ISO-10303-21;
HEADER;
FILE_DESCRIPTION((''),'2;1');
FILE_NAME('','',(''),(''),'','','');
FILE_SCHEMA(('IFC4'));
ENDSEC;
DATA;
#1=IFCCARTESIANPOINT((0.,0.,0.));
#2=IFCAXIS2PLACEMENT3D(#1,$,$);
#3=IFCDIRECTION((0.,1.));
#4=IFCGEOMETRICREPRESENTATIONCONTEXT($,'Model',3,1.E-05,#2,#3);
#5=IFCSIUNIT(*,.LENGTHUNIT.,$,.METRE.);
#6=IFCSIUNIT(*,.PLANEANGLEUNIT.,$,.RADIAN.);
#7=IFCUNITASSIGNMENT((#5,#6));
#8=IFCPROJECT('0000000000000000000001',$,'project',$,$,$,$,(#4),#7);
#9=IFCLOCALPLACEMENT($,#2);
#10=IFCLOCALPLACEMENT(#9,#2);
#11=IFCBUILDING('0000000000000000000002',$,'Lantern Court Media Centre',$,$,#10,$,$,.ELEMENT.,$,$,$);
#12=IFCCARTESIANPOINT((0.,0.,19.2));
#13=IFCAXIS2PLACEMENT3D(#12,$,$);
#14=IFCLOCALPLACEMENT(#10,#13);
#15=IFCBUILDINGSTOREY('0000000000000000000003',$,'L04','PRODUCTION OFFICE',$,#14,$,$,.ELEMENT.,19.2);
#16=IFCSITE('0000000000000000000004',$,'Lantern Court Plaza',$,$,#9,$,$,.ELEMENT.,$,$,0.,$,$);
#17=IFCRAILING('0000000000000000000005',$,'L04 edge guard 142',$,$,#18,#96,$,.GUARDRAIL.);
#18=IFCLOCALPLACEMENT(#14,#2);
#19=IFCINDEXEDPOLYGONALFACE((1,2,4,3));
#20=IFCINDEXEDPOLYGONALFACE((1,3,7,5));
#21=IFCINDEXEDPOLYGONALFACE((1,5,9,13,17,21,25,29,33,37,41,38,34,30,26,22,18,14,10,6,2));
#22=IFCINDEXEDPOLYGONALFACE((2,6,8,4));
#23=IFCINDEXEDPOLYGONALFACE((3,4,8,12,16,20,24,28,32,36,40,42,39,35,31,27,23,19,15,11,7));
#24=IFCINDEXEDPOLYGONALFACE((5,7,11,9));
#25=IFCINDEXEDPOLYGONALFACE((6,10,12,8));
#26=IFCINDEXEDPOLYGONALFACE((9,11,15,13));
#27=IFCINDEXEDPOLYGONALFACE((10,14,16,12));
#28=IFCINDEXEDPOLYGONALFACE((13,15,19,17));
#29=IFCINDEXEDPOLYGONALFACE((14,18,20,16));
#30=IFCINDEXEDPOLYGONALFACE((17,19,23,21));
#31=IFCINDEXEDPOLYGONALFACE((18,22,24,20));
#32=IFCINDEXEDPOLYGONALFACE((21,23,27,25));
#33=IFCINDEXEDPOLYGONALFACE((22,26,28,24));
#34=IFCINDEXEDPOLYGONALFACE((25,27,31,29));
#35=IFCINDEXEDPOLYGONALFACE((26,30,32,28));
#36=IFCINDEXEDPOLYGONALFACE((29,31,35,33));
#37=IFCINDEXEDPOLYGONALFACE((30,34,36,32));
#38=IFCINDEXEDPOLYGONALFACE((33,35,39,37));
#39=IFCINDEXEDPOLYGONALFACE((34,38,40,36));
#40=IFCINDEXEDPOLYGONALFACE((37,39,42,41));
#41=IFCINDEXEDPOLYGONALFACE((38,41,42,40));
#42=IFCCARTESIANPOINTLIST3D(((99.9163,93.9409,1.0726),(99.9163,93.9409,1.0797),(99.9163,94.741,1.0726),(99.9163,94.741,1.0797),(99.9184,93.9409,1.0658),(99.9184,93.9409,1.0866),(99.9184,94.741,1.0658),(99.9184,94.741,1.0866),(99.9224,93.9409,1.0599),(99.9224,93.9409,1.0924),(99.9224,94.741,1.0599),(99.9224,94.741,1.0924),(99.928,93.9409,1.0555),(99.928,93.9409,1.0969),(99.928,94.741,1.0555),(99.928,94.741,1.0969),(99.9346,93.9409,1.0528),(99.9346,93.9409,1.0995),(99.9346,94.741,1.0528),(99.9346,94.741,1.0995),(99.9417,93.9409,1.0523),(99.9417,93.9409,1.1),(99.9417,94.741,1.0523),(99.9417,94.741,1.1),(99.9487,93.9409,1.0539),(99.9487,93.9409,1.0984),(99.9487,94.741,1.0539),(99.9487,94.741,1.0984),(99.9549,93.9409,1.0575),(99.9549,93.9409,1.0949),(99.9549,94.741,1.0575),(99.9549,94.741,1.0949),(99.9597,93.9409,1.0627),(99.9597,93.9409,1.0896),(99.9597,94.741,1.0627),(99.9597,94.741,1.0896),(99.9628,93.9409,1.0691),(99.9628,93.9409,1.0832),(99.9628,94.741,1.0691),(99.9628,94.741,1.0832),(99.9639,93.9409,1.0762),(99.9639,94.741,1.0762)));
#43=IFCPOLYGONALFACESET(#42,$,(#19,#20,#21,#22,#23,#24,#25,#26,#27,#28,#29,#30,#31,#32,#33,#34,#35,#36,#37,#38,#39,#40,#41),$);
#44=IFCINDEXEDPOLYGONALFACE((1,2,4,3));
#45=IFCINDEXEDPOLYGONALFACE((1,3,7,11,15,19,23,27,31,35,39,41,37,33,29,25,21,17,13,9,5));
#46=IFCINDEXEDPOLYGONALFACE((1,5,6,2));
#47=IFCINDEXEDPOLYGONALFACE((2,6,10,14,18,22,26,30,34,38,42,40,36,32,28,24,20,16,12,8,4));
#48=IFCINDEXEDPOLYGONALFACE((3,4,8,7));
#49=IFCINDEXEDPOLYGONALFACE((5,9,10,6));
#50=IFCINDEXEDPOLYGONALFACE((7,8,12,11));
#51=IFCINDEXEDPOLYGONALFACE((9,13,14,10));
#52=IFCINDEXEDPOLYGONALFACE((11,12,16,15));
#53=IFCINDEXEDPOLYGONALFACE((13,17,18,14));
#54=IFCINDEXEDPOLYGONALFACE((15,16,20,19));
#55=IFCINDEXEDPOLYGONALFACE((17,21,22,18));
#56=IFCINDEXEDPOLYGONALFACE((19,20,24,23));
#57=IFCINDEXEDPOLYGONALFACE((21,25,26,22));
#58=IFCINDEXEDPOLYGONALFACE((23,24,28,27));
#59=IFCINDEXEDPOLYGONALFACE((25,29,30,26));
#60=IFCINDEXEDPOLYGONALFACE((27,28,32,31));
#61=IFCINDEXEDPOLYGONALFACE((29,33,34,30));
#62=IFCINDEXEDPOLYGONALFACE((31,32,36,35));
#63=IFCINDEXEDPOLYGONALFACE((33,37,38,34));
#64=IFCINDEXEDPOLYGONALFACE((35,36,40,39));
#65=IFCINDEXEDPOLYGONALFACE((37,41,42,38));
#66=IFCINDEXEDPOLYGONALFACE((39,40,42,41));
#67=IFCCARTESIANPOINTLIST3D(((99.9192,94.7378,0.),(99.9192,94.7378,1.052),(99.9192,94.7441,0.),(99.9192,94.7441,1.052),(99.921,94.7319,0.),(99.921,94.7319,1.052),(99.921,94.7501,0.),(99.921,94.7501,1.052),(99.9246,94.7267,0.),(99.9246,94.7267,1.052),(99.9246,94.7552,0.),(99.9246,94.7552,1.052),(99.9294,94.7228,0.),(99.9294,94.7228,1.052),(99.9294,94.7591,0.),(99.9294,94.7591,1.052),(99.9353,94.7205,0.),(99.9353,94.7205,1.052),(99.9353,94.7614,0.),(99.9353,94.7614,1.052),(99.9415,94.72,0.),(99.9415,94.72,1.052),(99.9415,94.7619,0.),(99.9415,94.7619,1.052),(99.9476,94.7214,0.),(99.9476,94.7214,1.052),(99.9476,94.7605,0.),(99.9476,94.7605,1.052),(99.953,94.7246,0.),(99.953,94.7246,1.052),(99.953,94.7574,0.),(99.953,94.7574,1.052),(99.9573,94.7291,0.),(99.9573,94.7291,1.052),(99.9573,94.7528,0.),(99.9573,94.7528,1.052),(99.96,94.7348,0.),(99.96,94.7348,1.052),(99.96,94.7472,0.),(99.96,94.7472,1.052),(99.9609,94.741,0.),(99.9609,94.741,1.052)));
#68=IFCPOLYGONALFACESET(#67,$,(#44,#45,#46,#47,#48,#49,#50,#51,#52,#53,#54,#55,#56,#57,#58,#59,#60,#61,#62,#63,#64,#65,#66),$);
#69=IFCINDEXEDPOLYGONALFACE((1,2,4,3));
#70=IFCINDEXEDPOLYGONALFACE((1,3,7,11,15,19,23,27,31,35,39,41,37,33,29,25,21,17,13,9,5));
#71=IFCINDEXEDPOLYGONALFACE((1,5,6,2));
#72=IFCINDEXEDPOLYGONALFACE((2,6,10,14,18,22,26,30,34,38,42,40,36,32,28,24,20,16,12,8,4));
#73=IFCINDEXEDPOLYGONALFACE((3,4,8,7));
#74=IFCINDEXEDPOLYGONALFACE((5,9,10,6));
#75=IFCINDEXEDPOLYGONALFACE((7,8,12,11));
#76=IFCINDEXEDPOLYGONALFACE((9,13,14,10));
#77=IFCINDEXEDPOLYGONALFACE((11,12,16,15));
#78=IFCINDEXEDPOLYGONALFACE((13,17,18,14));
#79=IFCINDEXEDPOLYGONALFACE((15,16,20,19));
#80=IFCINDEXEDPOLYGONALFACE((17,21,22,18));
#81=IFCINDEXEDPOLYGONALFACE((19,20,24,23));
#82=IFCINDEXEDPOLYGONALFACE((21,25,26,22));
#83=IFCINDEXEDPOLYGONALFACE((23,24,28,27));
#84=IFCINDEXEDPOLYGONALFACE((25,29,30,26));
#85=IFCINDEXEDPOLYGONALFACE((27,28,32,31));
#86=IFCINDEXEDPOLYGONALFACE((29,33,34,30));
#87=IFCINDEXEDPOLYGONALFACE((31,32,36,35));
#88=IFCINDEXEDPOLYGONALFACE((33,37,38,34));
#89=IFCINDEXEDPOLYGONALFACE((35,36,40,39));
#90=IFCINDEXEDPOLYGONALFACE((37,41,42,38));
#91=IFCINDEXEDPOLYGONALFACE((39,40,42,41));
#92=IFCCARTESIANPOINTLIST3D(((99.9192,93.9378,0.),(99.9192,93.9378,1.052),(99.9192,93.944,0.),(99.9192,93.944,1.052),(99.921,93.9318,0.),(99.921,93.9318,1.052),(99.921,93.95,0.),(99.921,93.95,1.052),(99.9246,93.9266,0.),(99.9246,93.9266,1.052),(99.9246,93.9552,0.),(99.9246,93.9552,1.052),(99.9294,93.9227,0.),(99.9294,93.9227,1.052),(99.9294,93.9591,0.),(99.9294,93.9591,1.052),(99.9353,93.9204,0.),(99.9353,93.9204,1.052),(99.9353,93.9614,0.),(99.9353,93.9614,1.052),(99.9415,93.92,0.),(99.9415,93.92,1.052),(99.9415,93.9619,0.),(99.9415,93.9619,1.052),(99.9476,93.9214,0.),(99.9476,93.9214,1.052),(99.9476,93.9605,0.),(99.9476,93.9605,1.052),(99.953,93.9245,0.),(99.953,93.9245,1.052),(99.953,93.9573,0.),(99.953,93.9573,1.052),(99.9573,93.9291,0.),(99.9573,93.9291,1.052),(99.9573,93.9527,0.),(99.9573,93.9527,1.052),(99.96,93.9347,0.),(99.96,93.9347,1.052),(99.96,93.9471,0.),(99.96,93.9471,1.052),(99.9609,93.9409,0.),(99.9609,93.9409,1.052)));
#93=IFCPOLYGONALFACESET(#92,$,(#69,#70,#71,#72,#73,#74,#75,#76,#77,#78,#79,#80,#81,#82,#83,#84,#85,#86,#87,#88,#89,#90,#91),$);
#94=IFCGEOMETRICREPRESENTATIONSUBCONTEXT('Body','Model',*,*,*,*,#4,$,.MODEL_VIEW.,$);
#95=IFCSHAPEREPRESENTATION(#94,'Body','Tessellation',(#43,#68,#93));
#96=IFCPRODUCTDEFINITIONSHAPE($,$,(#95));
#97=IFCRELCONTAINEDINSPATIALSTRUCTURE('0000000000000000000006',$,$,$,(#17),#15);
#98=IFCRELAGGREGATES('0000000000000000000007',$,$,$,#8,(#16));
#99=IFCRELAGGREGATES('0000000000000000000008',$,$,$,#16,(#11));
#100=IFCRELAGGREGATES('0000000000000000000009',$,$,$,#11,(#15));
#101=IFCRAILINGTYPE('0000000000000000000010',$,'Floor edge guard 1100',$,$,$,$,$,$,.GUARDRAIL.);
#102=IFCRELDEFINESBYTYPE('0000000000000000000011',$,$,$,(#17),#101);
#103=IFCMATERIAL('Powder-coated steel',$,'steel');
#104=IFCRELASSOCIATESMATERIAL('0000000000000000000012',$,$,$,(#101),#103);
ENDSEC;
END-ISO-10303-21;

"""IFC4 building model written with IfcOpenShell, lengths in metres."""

from ifc_helpers import new_model, si_unit, direction, frame, origin, origin_2d, place, context, subcontext, project, spatial, circle, extrude, material, type_object, element, save


model = new_model("IFC4")

# Units and contexts
model_context = context("Model", 3, precision=1e-05, world=origin(), true_north=direction((0.0, 1.0)))
body_context = subcontext(model_context, "Body", "Model", "MODEL_VIEW")
ifc_project = project(units=[si_unit("LENGTHUNIT", "METRE"), si_unit("PLANEANGLEUNIT", "RADIAN")], contexts=[model_context])

# Site, building, storey
site_placement = place(None, origin())
site = spatial("IfcSite", under=ifc_project, at=site_placement, Name="Lantern Court Plaza", CompositionType="ELEMENT", RefElevation=0.0)
building_placement = place(site_placement, origin())
building = spatial("IfcBuilding", under=site, at=building_placement, Name="Lantern Court Media Centre", CompositionType="ELEMENT")
storey_placement = place(building_placement, frame((0.0, 0.0, 19.2)))
storey = spatial("IfcBuildingStorey", under=building, at=storey_placement, Name="L04", Description="PRODUCTION OFFICE", CompositionType="ELEMENT", Elevation=19.2)

# Railing
ifc_material_1 = material(Name="Powder-coated steel", Category="steel")
railing_type = type_object("IfcRailingType", Name="Floor edge guard 1100", PredefinedType="GUARDRAIL", material=ifc_material_1)
railing_1_placement = place(storey_placement, frame((99.9399, 94.741, 0.0)))
element("IfcRailing", 1, at=railing_1_placement, inside=storey, type_object=railing_type, Name="L04 edge guard 142", PredefinedType="GUARDRAIL", context=body_context, shape_type="SweptSolid", body=[
    extrude(circle(Radius=0.0239, at=origin_2d()), frame((0.0, 0.0, 1.0762), z_axis=(0.0, -1.0, 0.0), x_axis=(1.0, 0.0, 0.0)), (0.0, 0.0, 1.0), 0.8),
    extrude(circle(Radius=0.021, at=origin_2d()), origin(), (0.0, 0.0, 1.0), 1.052),
    extrude(circle(Radius=0.021, at=origin_2d()), frame((0.0, -0.8, 0.0)), (0.0, 0.0, 1.0), 1.052),
])

save(model, "model.ifc")
